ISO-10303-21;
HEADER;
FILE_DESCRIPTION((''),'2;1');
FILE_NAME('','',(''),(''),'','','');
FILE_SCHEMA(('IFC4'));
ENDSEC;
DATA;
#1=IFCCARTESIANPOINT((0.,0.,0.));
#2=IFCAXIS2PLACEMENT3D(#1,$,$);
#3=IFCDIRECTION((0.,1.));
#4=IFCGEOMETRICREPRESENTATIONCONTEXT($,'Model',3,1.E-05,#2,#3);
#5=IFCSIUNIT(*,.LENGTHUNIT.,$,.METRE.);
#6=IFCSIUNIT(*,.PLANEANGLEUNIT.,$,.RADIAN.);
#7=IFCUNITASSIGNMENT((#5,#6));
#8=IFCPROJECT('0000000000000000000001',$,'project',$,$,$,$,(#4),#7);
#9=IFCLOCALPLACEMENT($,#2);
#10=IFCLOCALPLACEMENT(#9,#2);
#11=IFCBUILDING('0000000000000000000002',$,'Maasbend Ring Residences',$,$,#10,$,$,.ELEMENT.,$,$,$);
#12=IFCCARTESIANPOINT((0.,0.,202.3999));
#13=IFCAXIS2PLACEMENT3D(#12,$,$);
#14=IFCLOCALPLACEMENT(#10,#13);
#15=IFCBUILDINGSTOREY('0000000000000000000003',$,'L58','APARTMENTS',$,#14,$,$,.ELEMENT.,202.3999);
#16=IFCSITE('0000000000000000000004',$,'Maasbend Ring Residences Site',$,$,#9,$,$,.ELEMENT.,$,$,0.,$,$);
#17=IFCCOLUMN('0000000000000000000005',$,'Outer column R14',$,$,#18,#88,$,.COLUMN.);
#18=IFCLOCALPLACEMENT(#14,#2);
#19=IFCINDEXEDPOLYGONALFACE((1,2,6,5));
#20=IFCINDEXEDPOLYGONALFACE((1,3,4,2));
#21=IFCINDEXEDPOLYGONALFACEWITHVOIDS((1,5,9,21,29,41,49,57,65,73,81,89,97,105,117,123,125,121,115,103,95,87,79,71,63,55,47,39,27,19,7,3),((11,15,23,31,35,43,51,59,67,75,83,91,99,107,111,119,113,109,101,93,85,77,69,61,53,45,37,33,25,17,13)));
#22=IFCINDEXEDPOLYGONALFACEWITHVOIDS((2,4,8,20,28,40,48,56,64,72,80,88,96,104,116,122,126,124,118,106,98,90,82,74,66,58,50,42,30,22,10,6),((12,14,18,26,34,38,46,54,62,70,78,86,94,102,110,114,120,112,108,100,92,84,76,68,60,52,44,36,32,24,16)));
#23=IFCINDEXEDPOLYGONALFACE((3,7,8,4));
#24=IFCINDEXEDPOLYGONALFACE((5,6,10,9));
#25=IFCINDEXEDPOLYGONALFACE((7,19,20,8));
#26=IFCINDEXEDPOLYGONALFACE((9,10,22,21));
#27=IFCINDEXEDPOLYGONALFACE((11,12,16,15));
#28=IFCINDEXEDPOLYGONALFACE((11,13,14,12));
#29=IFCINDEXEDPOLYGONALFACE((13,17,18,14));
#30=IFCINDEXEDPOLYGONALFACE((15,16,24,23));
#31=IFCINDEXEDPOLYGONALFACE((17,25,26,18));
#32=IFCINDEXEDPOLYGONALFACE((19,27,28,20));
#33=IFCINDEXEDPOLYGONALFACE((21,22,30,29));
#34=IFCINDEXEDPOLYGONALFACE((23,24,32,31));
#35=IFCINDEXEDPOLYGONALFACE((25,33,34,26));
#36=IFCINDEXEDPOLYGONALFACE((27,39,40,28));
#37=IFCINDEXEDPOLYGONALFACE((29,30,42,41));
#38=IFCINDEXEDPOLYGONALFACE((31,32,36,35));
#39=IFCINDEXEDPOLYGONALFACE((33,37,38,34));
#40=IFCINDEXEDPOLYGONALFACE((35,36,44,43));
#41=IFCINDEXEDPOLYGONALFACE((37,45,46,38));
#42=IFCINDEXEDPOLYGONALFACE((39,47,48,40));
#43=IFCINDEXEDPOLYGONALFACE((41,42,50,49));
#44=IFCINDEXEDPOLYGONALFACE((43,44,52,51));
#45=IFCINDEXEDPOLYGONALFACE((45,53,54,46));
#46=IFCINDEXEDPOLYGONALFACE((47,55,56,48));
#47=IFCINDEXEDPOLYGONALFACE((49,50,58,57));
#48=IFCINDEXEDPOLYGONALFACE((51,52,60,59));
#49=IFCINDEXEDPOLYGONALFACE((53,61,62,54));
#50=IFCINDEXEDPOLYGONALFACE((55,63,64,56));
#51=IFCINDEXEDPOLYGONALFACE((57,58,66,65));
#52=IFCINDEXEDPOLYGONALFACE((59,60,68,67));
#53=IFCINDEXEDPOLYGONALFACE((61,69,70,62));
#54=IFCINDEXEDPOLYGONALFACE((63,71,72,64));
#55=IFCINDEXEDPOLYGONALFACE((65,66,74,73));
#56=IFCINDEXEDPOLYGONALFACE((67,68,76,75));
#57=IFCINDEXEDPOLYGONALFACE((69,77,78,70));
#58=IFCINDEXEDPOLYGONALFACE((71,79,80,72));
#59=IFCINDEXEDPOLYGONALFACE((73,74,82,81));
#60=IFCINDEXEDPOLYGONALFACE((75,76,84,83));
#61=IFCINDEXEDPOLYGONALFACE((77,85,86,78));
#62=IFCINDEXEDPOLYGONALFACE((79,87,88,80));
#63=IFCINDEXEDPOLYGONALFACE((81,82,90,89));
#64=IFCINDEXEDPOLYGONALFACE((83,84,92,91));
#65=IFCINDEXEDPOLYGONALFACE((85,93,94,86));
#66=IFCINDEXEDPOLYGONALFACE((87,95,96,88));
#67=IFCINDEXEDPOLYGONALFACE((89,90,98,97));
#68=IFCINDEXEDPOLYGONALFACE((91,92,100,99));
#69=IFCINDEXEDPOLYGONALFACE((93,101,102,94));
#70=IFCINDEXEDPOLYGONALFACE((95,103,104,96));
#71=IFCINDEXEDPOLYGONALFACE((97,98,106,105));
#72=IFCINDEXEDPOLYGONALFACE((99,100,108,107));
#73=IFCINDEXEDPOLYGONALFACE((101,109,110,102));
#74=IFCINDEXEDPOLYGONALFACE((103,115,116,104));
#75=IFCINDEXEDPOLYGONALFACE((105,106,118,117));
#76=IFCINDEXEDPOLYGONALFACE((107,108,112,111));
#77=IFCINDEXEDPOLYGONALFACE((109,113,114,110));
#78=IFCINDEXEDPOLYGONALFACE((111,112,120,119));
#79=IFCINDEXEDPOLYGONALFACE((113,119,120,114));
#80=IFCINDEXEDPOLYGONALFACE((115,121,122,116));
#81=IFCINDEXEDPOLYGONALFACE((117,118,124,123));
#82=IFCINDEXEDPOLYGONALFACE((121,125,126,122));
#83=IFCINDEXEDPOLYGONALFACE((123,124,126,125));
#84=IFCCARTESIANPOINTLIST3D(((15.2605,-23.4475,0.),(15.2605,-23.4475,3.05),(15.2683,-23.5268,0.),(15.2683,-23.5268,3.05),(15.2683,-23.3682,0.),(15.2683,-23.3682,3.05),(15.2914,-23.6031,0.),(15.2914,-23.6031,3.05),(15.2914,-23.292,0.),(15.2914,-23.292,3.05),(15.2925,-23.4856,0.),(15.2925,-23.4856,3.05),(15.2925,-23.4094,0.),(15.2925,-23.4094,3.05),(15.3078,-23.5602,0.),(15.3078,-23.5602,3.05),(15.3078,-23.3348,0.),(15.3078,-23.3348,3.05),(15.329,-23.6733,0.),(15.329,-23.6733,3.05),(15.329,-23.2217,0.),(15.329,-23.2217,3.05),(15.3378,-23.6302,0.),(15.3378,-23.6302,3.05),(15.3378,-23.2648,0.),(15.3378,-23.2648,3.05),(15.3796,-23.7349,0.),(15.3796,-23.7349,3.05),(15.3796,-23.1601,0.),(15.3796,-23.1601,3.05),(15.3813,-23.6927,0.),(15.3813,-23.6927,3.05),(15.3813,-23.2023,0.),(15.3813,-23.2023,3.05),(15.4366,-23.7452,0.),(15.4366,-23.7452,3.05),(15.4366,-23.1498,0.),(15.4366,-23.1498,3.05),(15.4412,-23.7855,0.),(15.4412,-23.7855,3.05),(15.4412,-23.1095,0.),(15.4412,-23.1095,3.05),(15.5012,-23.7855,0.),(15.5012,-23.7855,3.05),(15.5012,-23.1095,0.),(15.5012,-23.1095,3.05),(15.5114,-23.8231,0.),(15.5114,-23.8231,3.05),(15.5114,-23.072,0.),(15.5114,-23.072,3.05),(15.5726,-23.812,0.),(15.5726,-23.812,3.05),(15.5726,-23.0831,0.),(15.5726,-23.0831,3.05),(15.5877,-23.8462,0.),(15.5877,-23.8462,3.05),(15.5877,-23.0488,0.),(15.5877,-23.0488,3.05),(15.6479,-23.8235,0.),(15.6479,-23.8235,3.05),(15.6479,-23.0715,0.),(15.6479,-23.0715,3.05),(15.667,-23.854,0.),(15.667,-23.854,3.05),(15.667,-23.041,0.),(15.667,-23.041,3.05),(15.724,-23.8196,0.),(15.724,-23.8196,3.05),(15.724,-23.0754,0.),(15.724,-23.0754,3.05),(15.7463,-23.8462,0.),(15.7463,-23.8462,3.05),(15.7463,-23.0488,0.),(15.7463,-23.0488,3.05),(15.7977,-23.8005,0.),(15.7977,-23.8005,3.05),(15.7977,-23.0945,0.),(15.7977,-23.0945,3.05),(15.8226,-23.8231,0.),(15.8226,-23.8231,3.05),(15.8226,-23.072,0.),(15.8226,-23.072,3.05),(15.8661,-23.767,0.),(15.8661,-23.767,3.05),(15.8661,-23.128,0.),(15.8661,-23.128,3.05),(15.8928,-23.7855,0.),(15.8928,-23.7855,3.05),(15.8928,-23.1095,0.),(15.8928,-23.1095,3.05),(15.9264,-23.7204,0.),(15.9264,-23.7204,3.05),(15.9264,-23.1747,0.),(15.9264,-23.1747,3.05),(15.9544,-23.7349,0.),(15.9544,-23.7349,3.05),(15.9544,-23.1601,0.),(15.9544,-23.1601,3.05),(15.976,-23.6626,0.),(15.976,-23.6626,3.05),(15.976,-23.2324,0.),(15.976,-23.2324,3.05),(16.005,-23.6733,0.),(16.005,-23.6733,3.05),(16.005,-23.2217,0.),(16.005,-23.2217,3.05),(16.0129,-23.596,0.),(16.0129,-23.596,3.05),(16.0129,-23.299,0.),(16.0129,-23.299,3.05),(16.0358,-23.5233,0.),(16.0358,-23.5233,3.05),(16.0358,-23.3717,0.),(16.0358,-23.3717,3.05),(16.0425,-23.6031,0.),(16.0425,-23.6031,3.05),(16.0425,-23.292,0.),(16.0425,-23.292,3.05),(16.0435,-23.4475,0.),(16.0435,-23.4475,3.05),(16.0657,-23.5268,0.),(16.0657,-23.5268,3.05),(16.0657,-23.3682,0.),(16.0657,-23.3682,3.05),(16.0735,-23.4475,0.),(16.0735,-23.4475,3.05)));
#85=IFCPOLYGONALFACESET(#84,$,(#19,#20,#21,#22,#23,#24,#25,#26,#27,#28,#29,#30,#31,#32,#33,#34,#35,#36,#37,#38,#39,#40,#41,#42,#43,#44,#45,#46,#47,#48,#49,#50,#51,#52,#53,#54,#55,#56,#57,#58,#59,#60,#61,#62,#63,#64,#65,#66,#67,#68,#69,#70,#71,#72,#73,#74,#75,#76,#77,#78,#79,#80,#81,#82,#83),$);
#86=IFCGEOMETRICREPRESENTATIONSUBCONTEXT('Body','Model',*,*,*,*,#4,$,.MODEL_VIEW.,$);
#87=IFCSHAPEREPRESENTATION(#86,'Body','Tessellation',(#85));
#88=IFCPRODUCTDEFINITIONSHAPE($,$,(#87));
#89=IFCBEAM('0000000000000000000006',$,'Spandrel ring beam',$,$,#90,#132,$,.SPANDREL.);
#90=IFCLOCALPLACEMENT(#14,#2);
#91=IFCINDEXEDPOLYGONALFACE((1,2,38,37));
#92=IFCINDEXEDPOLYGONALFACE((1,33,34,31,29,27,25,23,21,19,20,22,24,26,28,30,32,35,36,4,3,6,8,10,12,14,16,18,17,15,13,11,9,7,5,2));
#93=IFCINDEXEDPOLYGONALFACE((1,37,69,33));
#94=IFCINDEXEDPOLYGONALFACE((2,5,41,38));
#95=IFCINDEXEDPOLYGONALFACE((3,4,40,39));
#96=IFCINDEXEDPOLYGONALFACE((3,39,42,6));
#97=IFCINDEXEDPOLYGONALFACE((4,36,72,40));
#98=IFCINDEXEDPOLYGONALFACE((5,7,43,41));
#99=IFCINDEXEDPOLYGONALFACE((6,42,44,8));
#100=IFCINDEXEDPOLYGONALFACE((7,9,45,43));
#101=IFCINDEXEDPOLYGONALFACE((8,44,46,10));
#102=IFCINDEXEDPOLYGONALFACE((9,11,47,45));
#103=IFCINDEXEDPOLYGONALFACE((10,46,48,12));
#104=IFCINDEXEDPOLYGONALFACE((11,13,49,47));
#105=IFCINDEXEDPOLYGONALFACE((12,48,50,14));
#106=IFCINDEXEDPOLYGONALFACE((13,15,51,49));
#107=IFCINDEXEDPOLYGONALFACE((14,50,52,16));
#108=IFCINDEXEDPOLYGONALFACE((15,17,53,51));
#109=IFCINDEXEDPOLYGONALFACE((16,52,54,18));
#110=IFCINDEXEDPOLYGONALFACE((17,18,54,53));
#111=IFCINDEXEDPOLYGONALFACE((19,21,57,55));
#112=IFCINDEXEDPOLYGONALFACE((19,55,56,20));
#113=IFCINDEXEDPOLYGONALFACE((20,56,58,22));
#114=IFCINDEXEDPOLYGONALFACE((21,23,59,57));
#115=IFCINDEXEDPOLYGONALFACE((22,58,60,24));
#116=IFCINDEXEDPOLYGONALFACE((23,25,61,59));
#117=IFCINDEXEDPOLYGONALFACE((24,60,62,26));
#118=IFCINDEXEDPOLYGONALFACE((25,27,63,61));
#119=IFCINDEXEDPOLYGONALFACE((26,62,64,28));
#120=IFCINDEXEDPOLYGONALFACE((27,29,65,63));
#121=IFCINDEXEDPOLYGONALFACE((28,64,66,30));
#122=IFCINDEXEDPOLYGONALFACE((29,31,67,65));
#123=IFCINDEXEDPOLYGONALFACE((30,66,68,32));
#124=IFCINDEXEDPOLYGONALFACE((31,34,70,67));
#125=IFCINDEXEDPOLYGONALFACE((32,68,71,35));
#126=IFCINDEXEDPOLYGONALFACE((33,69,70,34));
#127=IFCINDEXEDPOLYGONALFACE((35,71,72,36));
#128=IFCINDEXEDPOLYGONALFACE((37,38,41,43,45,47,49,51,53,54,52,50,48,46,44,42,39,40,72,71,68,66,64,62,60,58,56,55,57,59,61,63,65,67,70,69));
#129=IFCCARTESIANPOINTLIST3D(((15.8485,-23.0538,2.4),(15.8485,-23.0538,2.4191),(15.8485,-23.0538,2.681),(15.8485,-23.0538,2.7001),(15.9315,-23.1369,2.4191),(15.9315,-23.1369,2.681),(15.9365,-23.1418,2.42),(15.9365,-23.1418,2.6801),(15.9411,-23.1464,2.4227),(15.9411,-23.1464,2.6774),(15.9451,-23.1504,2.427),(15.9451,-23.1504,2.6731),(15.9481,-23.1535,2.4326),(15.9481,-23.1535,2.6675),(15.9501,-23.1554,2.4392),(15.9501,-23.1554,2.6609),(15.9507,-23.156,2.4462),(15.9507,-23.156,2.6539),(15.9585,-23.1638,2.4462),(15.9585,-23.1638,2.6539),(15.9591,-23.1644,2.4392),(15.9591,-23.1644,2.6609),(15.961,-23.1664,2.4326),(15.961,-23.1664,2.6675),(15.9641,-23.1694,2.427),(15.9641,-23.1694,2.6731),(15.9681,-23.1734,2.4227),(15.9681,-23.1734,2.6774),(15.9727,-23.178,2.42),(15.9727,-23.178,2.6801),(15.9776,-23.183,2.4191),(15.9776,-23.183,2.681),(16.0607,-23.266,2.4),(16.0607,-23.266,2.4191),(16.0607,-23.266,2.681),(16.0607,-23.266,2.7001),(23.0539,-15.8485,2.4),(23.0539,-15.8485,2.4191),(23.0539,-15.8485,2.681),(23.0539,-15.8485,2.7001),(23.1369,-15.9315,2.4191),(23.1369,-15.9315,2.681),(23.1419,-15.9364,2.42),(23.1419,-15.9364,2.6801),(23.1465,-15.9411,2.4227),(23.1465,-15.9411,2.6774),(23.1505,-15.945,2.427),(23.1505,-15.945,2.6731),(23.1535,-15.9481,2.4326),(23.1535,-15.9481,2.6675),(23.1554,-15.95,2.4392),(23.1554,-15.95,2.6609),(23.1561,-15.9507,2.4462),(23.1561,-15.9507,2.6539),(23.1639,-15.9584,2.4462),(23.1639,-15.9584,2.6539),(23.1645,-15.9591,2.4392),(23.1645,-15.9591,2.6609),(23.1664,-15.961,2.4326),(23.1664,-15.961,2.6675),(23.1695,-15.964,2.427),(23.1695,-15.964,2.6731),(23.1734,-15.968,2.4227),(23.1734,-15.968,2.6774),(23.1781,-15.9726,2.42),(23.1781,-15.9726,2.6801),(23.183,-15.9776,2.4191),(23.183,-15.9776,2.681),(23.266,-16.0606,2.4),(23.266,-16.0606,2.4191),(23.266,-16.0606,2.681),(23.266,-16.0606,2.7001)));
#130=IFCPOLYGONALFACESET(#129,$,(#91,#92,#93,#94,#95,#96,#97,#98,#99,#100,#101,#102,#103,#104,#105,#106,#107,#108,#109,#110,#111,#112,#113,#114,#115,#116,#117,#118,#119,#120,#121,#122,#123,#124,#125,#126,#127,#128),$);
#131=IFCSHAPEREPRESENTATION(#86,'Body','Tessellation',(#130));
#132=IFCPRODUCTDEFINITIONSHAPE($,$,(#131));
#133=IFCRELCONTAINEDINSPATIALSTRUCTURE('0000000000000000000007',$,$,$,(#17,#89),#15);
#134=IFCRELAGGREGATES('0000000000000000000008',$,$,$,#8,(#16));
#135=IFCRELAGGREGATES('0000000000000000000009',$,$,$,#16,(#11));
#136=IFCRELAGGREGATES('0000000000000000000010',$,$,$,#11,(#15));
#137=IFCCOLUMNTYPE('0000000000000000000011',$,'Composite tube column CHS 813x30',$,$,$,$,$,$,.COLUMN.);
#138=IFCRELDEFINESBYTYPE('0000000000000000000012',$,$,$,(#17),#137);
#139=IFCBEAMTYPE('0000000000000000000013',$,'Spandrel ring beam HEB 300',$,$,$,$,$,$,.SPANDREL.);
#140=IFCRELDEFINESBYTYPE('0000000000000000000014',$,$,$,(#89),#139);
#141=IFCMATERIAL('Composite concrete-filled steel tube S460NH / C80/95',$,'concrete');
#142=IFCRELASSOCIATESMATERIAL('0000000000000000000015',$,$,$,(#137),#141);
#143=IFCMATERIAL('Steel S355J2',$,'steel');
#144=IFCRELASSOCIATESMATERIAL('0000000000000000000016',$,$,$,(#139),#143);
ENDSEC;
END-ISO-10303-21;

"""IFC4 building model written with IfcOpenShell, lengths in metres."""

from ifc_helpers import new_model, si_unit, direction, frame, origin, origin_2d, place, context, subcontext, project, spatial, hollow_circle, i_section, extrude, material, material_profile, profile_set, type_object, element, save


model = new_model("IFC4")

# Units and contexts
model_context = context("Model", 3, precision=1e-05, world=origin(), true_north=direction((0.0, 1.0)))
body_context = subcontext(model_context, "Body", "Model", "MODEL_VIEW")
ifc_project = project(units=[si_unit("LENGTHUNIT", "METRE"), si_unit("PLANEANGLEUNIT", "RADIAN")], contexts=[model_context])

# Site, building, storey
site_placement = place(None, origin())
site = spatial("IfcSite", under=ifc_project, at=site_placement, Name="Maasbend Ring Residences Site", CompositionType="ELEMENT", RefElevation=0.0)
building_placement = place(site_placement, origin())
building = spatial("IfcBuilding", under=site, at=building_placement, Name="Maasbend Ring Residences", CompositionType="ELEMENT")
storey_placement = place(building_placement, frame((0.0, 0.0, 202.3999)))
storey = spatial("IfcBuildingStorey", under=building, at=storey_placement, Name="L58", Description="APARTMENTS", CompositionType="ELEMENT", Elevation=202.3999)

# Column
ifc_material_1 = material(Name="Composite concrete-filled steel tube S460NH / C80/95", Category="concrete")
ifc_material_profile_1 = material_profile(ifc_material_1, hollow_circle(Radius=0.4065, WallThickness=0.03, at=origin_2d()), Name="Composite tube column CHS 813x30")
ifc_profile_set_1 = profile_set([ifc_material_profile_1], Name="Composite concrete-filled steel tube S460NH / C80/95")
column_type = type_object("IfcColumnType", Name="Composite tube column CHS 813x30", PredefinedType="COLUMN", material=ifc_profile_set_1)
column_placement = place(storey_placement, frame((15.667, -23.4475, 0.0), z_axis=(0.0, 0.0, 1.0), x_axis=(1.0, 0.0, 0.0)))
element("IfcColumn", 1, at=column_placement, inside=storey, type_object=column_type, Name="Outer column R14", PredefinedType="COLUMN", context=body_context, shape_type="SweptSolid", body=[
    extrude(hollow_circle(Radius=0.4065, WallThickness=0.03, at=origin_2d()), origin(), (0.0, 0.0, 1.0), 3.05),
])

# Beam
ifc_material_2 = material(Name="Steel S355J2", Category="steel")
ifc_material_profile_2 = material_profile(ifc_material_2, i_section(OverallWidth=0.3, OverallDepth=0.3, WebThickness=0.011, FlangeThickness=0.019, FilletRadius=0.0271, at=origin_2d()), Name="HEB 300")
ifc_profile_set_2 = profile_set([ifc_material_profile_2], Name="Steel S355J2")
beam_type = type_object("IfcBeamType", Name="Spandrel ring beam HEB 300", PredefinedType="SPANDREL", material=ifc_profile_set_2)
beam_placement = place(storey_placement, frame((15.9546, -23.1599, 2.55), z_axis=(0.707107, 0.707107, 0.0), x_axis=(-0.707107, 0.707107, 0.0)))
element("IfcBeam", 2, at=beam_placement, inside=storey, type_object=beam_type, Name="Spandrel ring beam", PredefinedType="SPANDREL", context=body_context, shape_type="SweptSolid", body=[
    extrude(i_section(OverallWidth=0.3, OverallDepth=0.3, WebThickness=0.011, FlangeThickness=0.019, FilletRadius=0.0271, at=origin_2d()), origin(), (0.0, 0.0, 1.0), 10.1899),
])

save(model, "model.ifc")
